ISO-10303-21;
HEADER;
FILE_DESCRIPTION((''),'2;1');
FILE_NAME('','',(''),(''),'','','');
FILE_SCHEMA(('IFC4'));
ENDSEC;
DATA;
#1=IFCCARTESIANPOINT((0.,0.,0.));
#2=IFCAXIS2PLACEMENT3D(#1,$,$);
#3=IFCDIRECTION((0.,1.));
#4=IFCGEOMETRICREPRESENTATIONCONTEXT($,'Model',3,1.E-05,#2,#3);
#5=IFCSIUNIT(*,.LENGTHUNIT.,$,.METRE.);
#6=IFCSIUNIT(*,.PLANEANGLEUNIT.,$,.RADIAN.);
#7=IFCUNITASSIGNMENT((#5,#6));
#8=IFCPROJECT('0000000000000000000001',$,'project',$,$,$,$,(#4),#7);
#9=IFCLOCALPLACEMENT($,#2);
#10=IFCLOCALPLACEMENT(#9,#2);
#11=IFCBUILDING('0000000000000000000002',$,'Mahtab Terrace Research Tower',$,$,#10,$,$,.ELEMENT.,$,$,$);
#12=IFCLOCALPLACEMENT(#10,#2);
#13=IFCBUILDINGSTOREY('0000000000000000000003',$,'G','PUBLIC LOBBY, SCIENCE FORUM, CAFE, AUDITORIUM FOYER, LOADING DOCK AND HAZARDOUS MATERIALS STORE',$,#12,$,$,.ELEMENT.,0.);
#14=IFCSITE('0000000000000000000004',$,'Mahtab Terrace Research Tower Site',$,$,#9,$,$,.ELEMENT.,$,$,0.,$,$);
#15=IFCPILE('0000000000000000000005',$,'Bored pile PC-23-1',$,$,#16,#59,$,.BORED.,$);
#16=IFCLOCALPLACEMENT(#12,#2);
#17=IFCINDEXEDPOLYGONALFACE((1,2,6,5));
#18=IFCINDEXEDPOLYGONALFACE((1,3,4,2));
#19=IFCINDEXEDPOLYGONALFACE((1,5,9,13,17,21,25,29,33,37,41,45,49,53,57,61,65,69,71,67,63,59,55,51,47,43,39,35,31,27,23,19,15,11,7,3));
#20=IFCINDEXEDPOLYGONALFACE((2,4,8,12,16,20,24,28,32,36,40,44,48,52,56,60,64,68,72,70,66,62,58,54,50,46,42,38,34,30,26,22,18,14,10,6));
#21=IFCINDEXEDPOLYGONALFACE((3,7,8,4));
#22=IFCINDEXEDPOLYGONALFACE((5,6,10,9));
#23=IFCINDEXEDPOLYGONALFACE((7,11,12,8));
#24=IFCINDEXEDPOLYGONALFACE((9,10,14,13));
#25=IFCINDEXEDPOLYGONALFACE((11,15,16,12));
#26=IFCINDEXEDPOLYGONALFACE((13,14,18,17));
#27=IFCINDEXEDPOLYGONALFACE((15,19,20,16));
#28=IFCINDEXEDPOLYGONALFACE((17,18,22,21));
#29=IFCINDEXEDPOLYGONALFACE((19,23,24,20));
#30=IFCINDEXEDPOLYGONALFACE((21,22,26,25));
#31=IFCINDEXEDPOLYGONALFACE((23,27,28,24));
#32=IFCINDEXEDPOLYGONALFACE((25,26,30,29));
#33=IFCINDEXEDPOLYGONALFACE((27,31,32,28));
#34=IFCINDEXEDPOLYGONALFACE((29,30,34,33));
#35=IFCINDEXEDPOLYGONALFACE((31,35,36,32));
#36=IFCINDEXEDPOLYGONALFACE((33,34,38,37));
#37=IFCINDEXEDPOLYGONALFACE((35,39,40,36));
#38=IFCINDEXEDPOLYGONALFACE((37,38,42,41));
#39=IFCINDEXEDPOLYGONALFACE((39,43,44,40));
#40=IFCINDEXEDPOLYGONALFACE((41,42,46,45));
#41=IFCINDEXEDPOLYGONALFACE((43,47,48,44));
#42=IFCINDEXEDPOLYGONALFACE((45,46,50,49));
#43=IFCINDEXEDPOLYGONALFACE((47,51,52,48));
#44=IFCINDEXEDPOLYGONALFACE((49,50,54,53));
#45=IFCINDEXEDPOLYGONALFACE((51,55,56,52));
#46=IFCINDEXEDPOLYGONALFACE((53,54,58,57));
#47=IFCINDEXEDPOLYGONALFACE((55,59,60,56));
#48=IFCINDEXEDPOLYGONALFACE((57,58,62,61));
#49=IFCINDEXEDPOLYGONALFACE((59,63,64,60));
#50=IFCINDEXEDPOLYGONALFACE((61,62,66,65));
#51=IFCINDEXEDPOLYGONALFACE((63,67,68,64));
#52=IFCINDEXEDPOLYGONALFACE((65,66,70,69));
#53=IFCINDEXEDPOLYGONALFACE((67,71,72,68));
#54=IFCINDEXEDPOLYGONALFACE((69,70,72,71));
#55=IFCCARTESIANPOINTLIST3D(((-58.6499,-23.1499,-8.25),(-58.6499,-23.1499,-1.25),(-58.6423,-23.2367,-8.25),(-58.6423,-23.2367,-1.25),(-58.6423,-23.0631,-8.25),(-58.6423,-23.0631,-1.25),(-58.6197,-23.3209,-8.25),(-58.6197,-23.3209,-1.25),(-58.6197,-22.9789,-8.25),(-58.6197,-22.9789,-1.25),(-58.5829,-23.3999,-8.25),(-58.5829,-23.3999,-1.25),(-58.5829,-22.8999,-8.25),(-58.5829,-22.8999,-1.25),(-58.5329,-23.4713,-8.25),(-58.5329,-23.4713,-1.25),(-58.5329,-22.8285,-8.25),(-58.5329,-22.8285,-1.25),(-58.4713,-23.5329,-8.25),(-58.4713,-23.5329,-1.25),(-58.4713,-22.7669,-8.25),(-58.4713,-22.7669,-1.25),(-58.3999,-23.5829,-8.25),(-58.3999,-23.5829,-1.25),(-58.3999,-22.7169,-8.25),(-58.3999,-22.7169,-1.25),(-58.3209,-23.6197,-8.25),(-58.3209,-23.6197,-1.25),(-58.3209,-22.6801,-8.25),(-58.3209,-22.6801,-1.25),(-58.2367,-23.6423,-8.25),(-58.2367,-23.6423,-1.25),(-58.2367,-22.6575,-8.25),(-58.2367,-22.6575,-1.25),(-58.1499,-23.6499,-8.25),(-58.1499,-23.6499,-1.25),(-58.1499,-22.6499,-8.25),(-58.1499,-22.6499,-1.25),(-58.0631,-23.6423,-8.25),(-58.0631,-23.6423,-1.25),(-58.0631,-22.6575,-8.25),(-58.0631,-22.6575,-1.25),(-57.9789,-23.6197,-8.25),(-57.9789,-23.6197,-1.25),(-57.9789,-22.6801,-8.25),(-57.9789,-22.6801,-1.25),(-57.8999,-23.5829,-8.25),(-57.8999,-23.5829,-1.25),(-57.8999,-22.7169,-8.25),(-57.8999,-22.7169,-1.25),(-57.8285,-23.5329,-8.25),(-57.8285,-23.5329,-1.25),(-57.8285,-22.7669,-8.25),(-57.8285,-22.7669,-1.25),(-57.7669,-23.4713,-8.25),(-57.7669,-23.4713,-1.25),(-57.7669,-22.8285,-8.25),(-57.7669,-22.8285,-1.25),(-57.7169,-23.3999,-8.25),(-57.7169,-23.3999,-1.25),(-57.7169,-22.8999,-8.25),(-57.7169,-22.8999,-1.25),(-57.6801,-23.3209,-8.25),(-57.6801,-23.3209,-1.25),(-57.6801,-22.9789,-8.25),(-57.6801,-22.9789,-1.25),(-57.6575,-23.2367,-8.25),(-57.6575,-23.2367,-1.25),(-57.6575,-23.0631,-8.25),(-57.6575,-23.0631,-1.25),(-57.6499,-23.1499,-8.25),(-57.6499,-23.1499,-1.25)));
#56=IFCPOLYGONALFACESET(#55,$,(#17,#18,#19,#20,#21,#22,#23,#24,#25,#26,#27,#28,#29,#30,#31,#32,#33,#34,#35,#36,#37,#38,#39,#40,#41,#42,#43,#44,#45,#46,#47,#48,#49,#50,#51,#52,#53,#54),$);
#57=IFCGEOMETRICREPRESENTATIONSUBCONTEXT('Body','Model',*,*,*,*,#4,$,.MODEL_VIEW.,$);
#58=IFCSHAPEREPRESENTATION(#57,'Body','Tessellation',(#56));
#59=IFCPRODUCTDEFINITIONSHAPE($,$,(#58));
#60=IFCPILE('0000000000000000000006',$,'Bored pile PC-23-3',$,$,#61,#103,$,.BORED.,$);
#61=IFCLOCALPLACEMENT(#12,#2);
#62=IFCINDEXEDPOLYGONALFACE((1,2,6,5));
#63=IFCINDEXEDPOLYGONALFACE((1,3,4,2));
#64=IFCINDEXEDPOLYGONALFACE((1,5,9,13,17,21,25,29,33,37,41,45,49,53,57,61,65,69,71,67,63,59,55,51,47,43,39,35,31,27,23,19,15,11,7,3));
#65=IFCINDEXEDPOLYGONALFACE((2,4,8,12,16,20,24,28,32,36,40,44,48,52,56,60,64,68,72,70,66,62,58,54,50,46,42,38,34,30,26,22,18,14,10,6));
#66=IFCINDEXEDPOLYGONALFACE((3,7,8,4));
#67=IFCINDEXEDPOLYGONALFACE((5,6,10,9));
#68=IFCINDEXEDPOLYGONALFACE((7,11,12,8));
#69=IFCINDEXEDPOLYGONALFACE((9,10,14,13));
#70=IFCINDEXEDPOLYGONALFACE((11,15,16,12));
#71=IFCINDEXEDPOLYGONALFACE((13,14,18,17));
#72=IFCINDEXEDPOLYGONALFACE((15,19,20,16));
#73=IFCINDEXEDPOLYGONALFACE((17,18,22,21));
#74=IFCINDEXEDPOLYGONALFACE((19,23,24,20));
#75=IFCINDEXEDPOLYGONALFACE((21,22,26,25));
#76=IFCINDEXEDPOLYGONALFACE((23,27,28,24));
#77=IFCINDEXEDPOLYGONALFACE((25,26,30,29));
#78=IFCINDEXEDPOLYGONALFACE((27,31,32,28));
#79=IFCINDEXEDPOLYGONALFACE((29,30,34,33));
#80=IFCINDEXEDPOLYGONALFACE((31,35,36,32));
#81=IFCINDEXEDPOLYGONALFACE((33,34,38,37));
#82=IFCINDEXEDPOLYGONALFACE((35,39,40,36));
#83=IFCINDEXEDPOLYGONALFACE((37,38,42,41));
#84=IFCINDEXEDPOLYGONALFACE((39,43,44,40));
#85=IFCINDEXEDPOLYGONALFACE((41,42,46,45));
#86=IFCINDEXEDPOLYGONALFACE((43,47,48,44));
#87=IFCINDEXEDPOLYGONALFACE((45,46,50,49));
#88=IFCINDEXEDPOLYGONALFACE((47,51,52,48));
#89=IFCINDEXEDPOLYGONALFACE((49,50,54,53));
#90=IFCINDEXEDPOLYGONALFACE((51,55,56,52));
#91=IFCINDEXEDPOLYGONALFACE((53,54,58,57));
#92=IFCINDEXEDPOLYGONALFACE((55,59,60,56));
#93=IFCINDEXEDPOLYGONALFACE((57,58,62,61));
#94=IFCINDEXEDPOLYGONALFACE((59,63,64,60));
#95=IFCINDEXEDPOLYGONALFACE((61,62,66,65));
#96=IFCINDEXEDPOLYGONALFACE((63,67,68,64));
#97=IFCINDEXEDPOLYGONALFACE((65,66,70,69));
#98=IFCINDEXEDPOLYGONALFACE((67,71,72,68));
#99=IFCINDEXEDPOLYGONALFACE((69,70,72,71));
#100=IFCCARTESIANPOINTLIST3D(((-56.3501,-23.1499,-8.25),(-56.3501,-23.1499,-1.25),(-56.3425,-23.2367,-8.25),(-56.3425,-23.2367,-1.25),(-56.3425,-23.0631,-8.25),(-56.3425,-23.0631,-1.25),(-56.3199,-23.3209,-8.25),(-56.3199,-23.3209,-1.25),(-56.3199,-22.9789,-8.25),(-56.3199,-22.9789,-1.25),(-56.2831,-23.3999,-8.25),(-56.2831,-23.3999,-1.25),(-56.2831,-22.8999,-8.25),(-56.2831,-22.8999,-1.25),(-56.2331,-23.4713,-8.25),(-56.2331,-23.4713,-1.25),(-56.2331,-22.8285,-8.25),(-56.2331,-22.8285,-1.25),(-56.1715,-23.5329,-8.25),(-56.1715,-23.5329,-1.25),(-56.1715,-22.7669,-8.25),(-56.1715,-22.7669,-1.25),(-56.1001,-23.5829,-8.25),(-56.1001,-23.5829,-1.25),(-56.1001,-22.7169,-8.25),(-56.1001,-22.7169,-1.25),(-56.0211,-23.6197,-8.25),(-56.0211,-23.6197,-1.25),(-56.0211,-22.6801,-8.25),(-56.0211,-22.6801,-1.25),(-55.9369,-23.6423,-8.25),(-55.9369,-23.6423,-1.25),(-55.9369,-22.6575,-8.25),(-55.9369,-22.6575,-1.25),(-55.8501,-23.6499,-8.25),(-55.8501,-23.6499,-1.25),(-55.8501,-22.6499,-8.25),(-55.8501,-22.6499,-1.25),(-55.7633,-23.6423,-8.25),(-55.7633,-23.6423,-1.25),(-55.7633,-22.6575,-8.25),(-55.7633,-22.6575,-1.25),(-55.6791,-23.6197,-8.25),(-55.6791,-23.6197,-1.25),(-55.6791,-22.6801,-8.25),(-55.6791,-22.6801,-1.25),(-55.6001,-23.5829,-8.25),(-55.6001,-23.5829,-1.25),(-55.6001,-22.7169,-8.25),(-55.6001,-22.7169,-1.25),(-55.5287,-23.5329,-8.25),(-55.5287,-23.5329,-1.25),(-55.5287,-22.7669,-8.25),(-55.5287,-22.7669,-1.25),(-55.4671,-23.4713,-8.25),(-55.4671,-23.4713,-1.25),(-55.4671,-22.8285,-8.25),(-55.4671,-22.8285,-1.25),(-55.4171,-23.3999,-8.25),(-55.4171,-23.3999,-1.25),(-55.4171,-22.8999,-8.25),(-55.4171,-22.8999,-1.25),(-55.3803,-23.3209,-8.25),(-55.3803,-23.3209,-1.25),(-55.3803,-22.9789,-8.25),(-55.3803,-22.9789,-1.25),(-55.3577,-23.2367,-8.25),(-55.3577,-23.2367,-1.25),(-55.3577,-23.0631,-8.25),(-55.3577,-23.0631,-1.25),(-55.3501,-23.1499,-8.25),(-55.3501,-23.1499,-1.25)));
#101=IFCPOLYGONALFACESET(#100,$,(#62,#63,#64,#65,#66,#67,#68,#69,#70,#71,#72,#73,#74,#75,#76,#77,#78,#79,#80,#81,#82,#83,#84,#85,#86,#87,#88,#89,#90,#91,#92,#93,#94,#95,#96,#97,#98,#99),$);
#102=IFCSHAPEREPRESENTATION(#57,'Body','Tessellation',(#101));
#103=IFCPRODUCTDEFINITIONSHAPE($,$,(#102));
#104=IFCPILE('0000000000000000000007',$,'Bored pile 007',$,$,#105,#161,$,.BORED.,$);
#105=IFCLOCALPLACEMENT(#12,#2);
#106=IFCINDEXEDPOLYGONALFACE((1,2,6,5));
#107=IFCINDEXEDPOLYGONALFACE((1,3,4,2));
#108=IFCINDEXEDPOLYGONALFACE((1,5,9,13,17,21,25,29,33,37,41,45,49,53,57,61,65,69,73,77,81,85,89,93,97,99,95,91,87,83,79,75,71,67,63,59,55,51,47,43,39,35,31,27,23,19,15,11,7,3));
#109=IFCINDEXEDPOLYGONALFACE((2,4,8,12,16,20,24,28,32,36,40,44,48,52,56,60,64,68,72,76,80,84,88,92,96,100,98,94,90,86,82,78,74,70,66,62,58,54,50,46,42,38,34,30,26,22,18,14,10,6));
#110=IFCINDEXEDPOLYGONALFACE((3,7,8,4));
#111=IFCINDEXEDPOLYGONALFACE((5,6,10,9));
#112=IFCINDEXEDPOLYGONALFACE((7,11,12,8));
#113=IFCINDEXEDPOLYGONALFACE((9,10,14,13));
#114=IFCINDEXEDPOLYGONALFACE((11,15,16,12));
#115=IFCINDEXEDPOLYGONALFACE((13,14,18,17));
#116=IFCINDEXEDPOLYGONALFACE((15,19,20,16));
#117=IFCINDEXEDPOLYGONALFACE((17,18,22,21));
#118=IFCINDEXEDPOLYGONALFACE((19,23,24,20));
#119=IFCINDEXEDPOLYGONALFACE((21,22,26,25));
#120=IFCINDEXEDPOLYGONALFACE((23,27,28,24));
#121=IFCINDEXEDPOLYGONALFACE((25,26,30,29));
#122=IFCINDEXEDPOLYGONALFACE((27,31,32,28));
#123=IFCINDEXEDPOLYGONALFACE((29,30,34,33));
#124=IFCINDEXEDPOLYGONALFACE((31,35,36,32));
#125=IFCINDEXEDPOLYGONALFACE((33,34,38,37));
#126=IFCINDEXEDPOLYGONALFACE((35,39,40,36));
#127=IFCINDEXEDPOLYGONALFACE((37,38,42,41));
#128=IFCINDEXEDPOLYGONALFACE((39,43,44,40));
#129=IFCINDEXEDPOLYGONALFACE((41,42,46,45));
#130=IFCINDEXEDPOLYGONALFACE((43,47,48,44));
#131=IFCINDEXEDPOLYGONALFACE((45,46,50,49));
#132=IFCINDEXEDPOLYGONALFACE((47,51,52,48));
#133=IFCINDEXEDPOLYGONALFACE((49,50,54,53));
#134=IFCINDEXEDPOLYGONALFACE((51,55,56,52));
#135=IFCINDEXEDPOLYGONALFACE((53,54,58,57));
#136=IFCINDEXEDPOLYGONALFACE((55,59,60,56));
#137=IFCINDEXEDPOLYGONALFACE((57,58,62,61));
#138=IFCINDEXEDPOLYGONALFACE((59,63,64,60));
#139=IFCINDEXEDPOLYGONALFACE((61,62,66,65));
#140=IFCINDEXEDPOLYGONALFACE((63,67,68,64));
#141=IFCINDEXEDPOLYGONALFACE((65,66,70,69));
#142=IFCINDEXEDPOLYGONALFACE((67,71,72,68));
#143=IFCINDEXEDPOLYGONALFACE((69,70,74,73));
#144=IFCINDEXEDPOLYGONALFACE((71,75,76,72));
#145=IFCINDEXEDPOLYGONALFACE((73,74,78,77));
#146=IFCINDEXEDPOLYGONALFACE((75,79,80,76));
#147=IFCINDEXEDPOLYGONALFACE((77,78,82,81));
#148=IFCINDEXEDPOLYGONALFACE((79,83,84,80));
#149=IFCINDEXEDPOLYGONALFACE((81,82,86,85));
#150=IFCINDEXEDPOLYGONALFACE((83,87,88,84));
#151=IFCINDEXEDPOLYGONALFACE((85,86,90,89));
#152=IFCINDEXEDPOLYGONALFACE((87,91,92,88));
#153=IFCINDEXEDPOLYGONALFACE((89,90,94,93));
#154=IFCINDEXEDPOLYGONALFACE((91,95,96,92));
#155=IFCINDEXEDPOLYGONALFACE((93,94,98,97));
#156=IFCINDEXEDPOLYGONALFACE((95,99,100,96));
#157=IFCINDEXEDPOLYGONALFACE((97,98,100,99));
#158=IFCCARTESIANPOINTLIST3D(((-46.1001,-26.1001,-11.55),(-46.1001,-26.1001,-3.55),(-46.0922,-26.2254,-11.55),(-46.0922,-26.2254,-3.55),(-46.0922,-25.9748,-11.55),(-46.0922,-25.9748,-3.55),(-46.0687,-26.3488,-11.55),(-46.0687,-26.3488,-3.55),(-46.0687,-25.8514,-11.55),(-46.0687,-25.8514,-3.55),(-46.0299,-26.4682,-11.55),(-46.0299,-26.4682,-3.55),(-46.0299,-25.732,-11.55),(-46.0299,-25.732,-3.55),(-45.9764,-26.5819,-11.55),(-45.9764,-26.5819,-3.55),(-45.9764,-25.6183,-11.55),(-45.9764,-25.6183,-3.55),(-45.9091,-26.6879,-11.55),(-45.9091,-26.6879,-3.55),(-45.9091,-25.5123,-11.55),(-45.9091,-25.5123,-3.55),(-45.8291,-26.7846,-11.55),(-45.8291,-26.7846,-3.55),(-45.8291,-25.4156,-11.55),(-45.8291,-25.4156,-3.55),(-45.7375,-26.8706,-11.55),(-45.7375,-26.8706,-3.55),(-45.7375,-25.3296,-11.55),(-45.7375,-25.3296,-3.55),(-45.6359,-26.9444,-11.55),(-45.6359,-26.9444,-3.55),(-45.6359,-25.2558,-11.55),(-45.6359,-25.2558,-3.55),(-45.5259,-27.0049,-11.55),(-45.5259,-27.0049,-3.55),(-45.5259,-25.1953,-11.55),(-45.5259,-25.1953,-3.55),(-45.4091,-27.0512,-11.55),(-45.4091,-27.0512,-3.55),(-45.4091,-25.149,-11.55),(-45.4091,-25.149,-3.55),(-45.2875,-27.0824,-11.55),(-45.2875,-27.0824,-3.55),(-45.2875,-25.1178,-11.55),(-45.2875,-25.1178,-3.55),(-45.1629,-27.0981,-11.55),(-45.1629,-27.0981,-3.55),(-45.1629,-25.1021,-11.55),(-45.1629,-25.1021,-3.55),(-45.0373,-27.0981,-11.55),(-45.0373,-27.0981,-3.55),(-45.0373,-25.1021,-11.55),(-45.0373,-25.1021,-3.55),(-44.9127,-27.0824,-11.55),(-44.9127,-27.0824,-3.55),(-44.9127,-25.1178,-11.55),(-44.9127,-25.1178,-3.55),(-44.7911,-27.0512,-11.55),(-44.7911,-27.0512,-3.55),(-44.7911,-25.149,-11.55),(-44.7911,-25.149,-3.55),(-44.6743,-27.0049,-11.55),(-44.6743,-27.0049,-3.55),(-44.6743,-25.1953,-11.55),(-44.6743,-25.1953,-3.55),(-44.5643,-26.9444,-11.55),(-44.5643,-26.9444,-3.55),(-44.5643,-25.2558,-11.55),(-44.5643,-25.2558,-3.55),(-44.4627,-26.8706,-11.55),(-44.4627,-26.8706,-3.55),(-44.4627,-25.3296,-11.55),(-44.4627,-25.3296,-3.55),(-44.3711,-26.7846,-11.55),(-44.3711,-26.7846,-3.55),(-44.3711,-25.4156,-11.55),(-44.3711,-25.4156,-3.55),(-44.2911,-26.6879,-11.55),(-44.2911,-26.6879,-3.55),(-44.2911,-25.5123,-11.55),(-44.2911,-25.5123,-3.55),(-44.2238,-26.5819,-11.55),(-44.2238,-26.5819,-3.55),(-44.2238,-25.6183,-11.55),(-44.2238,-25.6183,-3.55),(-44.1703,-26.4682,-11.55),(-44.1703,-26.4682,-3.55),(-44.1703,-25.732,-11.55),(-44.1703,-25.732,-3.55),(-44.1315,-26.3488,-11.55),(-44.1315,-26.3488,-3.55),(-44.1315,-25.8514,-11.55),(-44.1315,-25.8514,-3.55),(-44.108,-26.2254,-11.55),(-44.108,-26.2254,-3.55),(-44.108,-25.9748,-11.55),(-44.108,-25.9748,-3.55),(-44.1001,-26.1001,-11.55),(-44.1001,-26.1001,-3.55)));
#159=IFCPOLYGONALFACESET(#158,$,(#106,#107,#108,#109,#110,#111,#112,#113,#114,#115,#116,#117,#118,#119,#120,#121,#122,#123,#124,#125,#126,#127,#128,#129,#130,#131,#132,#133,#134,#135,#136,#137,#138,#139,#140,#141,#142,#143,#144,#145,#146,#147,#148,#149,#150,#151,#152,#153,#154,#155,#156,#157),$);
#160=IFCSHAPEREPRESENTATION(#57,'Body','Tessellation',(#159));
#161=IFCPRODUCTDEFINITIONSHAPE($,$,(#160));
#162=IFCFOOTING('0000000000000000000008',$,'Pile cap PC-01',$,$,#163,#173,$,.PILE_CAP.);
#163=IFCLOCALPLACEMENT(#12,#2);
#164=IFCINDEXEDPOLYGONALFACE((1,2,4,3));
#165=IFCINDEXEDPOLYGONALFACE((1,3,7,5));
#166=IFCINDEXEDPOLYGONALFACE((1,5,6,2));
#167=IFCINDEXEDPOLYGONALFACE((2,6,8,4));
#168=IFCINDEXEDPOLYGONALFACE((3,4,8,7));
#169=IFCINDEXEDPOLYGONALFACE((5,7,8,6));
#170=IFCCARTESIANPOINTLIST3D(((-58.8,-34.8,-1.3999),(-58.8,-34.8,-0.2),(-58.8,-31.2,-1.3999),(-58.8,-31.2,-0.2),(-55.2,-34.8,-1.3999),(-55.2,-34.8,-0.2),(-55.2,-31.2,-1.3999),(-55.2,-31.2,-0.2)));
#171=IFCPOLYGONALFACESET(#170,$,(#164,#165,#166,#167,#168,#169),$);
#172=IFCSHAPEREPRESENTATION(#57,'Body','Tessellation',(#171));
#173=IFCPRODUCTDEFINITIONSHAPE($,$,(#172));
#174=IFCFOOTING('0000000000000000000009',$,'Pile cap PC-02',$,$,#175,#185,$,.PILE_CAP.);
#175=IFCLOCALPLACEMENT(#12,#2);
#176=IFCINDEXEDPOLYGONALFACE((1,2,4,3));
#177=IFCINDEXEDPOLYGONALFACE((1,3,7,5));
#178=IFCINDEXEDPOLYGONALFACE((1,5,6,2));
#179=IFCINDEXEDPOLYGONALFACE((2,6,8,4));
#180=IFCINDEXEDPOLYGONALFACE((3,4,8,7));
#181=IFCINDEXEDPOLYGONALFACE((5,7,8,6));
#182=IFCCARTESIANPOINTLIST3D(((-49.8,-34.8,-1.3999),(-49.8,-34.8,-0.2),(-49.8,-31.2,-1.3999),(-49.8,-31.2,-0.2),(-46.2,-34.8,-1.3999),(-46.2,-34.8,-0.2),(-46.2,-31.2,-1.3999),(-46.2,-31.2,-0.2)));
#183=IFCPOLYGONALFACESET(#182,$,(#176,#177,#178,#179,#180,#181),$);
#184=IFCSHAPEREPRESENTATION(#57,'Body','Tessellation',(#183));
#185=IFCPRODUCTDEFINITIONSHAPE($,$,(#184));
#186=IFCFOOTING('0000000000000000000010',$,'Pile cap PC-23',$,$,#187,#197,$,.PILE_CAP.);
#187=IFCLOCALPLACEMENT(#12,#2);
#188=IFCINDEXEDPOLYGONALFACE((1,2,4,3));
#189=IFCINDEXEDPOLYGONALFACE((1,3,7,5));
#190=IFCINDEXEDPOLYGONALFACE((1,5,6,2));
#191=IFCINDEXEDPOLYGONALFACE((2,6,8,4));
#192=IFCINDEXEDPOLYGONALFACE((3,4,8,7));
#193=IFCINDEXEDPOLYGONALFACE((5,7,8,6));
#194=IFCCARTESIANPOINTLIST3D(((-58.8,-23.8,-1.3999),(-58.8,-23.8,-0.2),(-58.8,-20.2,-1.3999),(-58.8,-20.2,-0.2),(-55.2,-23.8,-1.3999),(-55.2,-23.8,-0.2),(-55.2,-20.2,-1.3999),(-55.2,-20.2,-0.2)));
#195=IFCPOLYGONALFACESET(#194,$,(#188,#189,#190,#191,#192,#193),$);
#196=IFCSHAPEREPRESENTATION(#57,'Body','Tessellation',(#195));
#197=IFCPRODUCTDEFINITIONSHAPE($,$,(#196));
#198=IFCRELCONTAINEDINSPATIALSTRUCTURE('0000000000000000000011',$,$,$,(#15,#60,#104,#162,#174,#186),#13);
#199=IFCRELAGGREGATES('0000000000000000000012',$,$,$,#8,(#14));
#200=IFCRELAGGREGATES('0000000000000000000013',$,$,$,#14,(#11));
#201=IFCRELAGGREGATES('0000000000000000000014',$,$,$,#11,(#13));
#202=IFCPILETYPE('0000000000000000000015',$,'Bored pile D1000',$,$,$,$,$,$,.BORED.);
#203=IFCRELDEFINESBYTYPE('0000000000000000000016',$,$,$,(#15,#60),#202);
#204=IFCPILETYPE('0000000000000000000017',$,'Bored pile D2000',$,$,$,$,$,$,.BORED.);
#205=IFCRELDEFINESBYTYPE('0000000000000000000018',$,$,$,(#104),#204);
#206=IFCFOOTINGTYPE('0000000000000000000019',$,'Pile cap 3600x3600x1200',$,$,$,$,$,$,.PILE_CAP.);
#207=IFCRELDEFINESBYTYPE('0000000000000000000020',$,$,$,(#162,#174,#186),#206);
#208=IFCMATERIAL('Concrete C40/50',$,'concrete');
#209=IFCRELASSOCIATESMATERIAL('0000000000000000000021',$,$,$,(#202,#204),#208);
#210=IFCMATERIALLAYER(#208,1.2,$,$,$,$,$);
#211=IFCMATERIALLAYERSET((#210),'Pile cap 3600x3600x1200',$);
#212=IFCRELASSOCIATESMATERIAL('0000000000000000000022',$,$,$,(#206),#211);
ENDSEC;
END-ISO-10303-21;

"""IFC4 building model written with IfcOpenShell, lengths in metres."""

from ifc_helpers import new_model, si_unit, direction, frame, origin, origin_2d, place, context, subcontext, project, spatial, rectangle, circle, extrude, material, layer, layer_set, material_profile, profile_set, type_object, element, save


model = new_model("IFC4")

# Units and contexts
model_context = context("Model", 3, precision=1e-05, world=origin(), true_north=direction((0.0, 1.0)))
body_context = subcontext(model_context, "Body", "Model", "MODEL_VIEW")
ifc_project = project(units=[si_unit("LENGTHUNIT", "METRE"), si_unit("PLANEANGLEUNIT", "RADIAN")], contexts=[model_context])

# Site, building, storey
site_placement = place(None, origin())
site = spatial("IfcSite", under=ifc_project, at=site_placement, Name="Mahtab Terrace Research Tower Site", CompositionType="ELEMENT", RefElevation=0.0)
building_placement = place(site_placement, origin())
building = spatial("IfcBuilding", under=site, at=building_placement, Name="Mahtab Terrace Research Tower", CompositionType="ELEMENT")
storey_placement = place(building_placement, origin())
storey = spatial("IfcBuildingStorey", under=building, at=storey_placement, Name="G", Description="PUBLIC LOBBY, SCIENCE FORUM, CAFE, AUDITORIUM FOYER, LOADING DOCK AND HAZARDOUS MATERIALS STORE", CompositionType="ELEMENT", Elevation=0.0)

# Piles
ifc_material_1 = material(Name="Concrete C40/50", Category="concrete")
ifc_material_profile_1 = material_profile(ifc_material_1, circle(Radius=0.5, at=origin_2d()), Name="Bored pile D1000")
ifc_profile_set_1 = profile_set([ifc_material_profile_1], Name="Concrete C40/50")
pile_type_1 = type_object("IfcPileType", Name="Bored pile D1000", PredefinedType="BORED", material=ifc_profile_set_1)
for number, where, z_axis, x_axis, name in (
    (1, (-58.1499, -23.1499, -1.25), (0.0, 0.0, -1.0), (1.0, 0.0, 0.0), "Bored pile PC-23-1"),
    (2, (-55.8501, -23.1499, -1.25), (0.0, 0.0, -1.0), (1.0, 0.0, 0.0), "Bored pile PC-23-3"),
):
    element("IfcPile", number, at=place(storey_placement, frame(where, z_axis=z_axis, x_axis=x_axis)), inside=storey, type_object=pile_type_1, Name=name, PredefinedType="BORED", context=body_context, shape_type="SweptSolid", body=[
        extrude(circle(Radius=0.5, at=origin_2d()), origin(), (0.0, 0.0, 1.0), 7.0),
    ])
ifc_material_profile_2 = material_profile(ifc_material_1, circle(Radius=1.0, at=origin_2d()), Name="Bored pile D2000")
ifc_profile_set_2 = profile_set([ifc_material_profile_2], Name="Concrete C40/50")
pile_type_2 = type_object("IfcPileType", Name="Bored pile D2000", PredefinedType="BORED", material=ifc_profile_set_2)
pile_placement = place(storey_placement, frame((-45.1001, -26.1001, -3.55), z_axis=(0.0, 0.0, -1.0), x_axis=(1.0, 0.0, 0.0)))
element("IfcPile", 3, at=pile_placement, inside=storey, type_object=pile_type_2, Name="Bored pile 007", PredefinedType="BORED", context=body_context, shape_type="SweptSolid", body=[
    extrude(circle(Radius=1.0, at=origin_2d()), origin(), (0.0, 0.0, 1.0), 8.0),
])

# Footings
ifc_layer_1 = layer(ifc_material_1, 1.2)
ifc_layer_set_1 = layer_set([ifc_layer_1], Name="Pile cap 3600x3600x1200")
footing_type = type_object("IfcFootingType", Name="Pile cap 3600x3600x1200", PredefinedType="PILE_CAP", material=ifc_layer_set_1)
for number, where, z_axis, x_axis, name in (
    (4, (-57.0, -33.0, -1.3999), (0.0, 0.0, 1.0), (1.0, 0.0, 0.0), "Pile cap PC-01"),
    (5, (-48.0, -33.0, -1.3999), (0.0, 0.0, 1.0), (1.0, 0.0, 0.0), "Pile cap PC-02"),
    (6, (-57.0, -22.0, -1.3999), (0.0, 0.0, 1.0), (1.0, 0.0, 0.0), "Pile cap PC-23"),
):
    element("IfcFooting", number, at=place(storey_placement, frame(where, z_axis=z_axis, x_axis=x_axis)), inside=storey, type_object=footing_type, Name=name, PredefinedType="PILE_CAP", context=body_context, shape_type="SweptSolid", body=[
        extrude(rectangle(XDim=3.6001, YDim=3.6001, at=origin_2d()), origin(), (0.0, 0.0, 1.0), 1.2),
    ])

save(model, "model.ifc")
